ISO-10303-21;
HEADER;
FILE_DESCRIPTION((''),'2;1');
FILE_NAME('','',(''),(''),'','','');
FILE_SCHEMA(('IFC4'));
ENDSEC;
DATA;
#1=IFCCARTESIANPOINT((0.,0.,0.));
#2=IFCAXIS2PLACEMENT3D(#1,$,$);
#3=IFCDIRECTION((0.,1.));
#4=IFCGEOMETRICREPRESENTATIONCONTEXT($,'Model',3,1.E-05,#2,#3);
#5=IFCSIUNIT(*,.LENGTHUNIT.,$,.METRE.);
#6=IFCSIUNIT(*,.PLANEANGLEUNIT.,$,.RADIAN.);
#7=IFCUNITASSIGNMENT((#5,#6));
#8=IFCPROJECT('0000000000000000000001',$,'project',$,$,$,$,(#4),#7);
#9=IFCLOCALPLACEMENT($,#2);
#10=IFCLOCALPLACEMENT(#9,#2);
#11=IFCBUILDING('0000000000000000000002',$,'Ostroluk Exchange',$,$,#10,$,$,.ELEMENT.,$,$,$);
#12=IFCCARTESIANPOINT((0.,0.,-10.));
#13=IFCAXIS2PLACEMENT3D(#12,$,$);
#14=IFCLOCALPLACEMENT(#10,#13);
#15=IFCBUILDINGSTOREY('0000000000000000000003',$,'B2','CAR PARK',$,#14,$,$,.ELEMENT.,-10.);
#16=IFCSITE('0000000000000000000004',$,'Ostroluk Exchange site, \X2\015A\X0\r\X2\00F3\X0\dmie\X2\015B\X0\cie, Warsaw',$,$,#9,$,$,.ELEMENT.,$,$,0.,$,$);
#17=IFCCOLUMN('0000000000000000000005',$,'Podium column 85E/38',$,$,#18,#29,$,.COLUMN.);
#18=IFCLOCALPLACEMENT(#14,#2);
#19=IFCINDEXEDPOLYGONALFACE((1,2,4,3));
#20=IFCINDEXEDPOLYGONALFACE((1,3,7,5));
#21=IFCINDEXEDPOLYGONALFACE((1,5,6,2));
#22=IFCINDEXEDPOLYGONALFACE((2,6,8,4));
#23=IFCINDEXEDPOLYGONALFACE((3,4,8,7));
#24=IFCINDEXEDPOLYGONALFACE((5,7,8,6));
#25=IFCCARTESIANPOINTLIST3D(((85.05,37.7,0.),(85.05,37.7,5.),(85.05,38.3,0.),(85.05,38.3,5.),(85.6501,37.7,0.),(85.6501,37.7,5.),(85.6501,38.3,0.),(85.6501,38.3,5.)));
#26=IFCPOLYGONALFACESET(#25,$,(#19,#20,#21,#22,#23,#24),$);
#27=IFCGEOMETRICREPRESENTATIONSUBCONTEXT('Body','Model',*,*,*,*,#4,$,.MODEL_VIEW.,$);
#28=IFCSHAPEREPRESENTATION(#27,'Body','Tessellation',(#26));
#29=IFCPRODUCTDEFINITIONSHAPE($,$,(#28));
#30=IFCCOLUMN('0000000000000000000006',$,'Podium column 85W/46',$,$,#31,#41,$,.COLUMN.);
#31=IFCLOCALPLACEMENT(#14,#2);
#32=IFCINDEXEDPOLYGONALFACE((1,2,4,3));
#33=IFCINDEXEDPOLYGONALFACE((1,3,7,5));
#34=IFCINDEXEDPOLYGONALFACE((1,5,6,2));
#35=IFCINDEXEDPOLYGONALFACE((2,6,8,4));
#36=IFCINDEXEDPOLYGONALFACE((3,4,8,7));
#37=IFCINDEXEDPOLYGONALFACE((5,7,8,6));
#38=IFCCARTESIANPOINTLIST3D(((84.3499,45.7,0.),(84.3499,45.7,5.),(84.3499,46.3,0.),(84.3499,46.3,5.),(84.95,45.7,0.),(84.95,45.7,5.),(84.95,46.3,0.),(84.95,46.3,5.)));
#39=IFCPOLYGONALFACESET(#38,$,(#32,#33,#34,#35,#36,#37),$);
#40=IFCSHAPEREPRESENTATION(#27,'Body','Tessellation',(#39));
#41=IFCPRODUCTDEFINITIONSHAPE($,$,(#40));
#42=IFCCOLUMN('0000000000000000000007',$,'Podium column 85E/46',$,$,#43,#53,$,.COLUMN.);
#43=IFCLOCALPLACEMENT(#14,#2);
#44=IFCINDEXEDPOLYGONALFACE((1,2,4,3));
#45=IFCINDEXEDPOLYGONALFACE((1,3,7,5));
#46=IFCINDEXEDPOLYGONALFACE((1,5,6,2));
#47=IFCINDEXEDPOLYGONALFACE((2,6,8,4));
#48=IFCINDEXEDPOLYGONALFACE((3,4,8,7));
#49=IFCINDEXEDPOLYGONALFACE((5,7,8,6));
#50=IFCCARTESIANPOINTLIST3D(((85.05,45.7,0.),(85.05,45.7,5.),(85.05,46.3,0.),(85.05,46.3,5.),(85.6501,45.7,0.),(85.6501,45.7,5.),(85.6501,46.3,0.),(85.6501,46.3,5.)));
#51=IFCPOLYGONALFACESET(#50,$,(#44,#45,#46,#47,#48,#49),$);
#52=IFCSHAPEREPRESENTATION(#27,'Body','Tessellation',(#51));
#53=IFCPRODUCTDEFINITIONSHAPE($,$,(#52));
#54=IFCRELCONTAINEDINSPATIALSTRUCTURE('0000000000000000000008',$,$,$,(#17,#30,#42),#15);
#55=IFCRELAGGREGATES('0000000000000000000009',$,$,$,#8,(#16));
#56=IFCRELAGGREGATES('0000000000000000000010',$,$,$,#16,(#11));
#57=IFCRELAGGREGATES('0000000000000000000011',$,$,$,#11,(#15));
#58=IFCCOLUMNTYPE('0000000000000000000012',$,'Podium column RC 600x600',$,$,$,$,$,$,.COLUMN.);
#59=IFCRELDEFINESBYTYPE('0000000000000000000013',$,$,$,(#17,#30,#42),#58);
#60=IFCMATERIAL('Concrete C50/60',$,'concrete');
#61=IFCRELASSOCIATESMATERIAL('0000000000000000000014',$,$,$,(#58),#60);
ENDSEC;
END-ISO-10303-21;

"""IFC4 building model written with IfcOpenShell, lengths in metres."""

from ifc_helpers import new_model, si_unit, direction, frame, origin, origin_2d, place, context, subcontext, project, spatial, rectangle, extrude, material, material_profile, profile_set, type_object, element, save


model = new_model("IFC4")

# Units and contexts
model_context = context("Model", 3, precision=1e-05, world=origin(), true_north=direction((0.0, 1.0)))
body_context = subcontext(model_context, "Body", "Model", "MODEL_VIEW")
ifc_project = project(units=[si_unit("LENGTHUNIT", "METRE"), si_unit("PLANEANGLEUNIT", "RADIAN")], contexts=[model_context])

# Site, building, storey
site_placement = place(None, origin())
site = spatial("IfcSite", under=ifc_project, at=site_placement, Name="Ostroluk Exchange site, Śródmieście, Warsaw", CompositionType="ELEMENT", RefElevation=0.0)
building_placement = place(site_placement, origin())
building = spatial("IfcBuilding", under=site, at=building_placement, Name="Ostroluk Exchange", CompositionType="ELEMENT")
storey_placement = place(building_placement, frame((0.0, 0.0, -10.0)))
storey = spatial("IfcBuildingStorey", under=building, at=storey_placement, Name="B2", Description="CAR PARK", CompositionType="ELEMENT", Elevation=-10.0)

# Columns
ifc_material_1 = material(Name="Concrete C50/60", Category="concrete")
ifc_material_profile_1 = material_profile(ifc_material_1, rectangle(XDim=0.6001, YDim=0.6001, at=origin_2d()), Name="RC 600x600")
ifc_profile_set_1 = profile_set([ifc_material_profile_1], Name="Concrete C50/60")
column_type_1 = type_object("IfcColumnType", Name="Podium column RC 600x600", PredefinedType="COLUMN", material=ifc_profile_set_1)
for number, where, z_axis, x_axis, name in (
    (1, (85.3501, 38.0, 0.0), (0.0, 0.0, 1.0), (1.0, 0.0, 0.0), "Podium column 85E/38"),
    (2, (84.6499, 46.0, 0.0), (0.0, 0.0, 1.0), (1.0, 0.0, 0.0), "Podium column 85W/46"),
    (3, (85.3501, 46.0, 0.0), (0.0, 0.0, 1.0), (1.0, 0.0, 0.0), "Podium column 85E/46"),
):
    element("IfcColumn", number, at=place(storey_placement, frame(where, z_axis=z_axis, x_axis=x_axis)), inside=storey, type_object=column_type_1, Name=name, PredefinedType="COLUMN", context=body_context, shape_type="SweptSolid", body=[
        extrude(rectangle(XDim=0.6001, YDim=0.6001, at=origin_2d()), origin(), (0.0, 0.0, 1.0), 5.0),
    ])

save(model, "model.ifc")
